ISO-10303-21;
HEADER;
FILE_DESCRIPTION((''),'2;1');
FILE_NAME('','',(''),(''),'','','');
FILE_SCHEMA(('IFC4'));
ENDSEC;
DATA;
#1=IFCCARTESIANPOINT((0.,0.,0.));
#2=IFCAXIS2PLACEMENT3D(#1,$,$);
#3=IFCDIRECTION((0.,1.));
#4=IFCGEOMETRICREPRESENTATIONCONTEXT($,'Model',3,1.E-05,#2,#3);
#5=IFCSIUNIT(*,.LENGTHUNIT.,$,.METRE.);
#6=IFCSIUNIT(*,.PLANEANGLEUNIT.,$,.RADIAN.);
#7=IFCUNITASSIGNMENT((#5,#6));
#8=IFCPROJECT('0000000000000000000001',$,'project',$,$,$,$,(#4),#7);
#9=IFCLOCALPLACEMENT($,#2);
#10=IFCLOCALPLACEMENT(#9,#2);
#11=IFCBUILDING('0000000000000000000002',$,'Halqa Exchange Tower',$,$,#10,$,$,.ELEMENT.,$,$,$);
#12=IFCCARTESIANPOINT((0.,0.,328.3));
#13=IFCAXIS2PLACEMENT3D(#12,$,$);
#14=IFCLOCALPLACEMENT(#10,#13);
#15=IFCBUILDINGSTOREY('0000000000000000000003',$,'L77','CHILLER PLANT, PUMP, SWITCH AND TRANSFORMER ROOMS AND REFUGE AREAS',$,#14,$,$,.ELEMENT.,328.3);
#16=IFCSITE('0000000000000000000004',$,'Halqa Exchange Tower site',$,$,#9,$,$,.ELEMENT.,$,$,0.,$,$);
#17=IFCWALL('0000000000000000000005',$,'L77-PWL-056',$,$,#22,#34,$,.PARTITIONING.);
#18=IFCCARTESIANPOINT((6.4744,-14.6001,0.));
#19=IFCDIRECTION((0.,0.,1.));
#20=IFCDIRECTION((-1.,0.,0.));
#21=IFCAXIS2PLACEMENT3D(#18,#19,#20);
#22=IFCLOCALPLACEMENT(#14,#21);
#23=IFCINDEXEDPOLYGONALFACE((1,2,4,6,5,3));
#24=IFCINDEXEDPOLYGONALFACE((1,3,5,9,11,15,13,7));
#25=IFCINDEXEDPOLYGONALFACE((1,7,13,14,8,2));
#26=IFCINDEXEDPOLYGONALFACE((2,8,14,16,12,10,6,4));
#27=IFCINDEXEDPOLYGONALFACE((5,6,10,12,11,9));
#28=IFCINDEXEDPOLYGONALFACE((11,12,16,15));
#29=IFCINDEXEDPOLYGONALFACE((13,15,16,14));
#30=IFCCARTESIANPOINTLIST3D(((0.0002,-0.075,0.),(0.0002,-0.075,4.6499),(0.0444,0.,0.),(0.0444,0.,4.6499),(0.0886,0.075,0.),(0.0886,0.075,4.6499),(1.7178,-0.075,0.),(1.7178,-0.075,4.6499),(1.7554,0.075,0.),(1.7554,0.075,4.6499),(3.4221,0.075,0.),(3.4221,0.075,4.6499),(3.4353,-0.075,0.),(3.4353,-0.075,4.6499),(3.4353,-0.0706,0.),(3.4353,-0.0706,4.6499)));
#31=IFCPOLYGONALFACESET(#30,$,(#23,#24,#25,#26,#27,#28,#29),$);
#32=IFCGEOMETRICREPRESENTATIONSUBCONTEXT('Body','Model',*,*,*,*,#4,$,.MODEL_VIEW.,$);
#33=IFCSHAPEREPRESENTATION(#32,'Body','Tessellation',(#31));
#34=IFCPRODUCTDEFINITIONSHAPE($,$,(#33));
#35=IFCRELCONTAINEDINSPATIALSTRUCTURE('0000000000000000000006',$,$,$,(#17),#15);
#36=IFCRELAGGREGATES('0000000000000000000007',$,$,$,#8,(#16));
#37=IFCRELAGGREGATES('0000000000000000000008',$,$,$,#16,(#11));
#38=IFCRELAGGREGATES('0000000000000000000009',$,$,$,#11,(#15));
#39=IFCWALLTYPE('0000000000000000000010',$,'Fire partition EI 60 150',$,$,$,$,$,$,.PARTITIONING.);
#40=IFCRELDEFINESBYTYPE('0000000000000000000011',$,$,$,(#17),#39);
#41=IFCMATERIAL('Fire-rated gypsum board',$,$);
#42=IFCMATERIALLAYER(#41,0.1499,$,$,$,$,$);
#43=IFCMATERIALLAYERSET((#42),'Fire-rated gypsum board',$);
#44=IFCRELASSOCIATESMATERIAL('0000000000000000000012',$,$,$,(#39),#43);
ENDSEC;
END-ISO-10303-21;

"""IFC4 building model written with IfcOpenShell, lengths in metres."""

from ifc_helpers import new_model, si_unit, direction, frame, origin, place, context, subcontext, project, spatial, polyline, outline, extrude, material, layer, layer_set, type_object, element, save


model = new_model("IFC4")

# Units and contexts
model_context = context("Model", 3, precision=1e-05, world=origin(), true_north=direction((0.0, 1.0)))
body_context = subcontext(model_context, "Body", "Model", "MODEL_VIEW")
ifc_project = project(units=[si_unit("LENGTHUNIT", "METRE"), si_unit("PLANEANGLEUNIT", "RADIAN")], contexts=[model_context])

# Site, building, storey
site_placement = place(None, origin())
site = spatial("IfcSite", under=ifc_project, at=site_placement, Name="Halqa Exchange Tower site", CompositionType="ELEMENT", RefElevation=0.0)
building_placement = place(site_placement, origin())
building = spatial("IfcBuilding", under=site, at=building_placement, Name="Halqa Exchange Tower", CompositionType="ELEMENT")
storey_placement = place(building_placement, frame((0.0, 0.0, 328.3)))
storey = spatial("IfcBuildingStorey", under=building, at=storey_placement, Name="L77", Description="CHILLER PLANT, PUMP, SWITCH AND TRANSFORMER ROOMS AND REFUGE AREAS", CompositionType="ELEMENT", Elevation=328.3)

# Wall
ifc_material_1 = material(Name="Fire-rated gypsum board")
ifc_layer_1 = layer(ifc_material_1, 0.1499)
ifc_layer_set_1 = layer_set([ifc_layer_1], Name="Fire-rated gypsum board")
wall_type_1 = type_object("IfcWallType", Name="Fire partition EI 60 150", PredefinedType="PARTITIONING", material=ifc_layer_set_1)
wall_1_placement = place(storey_placement, frame((6.4744, -14.6001, 0.0), z_axis=(0.0, 0.0, 1.0), x_axis=(-1.0, 0.0, 0.0)))
element("IfcWall", 1, at=wall_1_placement, inside=storey, type_object=wall_type_1, Name="L77-PWL-056", PredefinedType="PARTITIONING", context=body_context, shape_type="SweptSolid", body=[
    extrude(outline(polyline([(3.4353, -0.075), (3.4353, -0.0706), (3.4221, 0.075), (1.7554, 0.075), (0.0886, 0.075), (0.0444, 0.0), (0.0002, -0.075), (1.7178, -0.075), (3.4353, -0.075)])), origin(), (0.0, 0.0, 1.0), 4.6499),
])

save(model, "model.ifc")
